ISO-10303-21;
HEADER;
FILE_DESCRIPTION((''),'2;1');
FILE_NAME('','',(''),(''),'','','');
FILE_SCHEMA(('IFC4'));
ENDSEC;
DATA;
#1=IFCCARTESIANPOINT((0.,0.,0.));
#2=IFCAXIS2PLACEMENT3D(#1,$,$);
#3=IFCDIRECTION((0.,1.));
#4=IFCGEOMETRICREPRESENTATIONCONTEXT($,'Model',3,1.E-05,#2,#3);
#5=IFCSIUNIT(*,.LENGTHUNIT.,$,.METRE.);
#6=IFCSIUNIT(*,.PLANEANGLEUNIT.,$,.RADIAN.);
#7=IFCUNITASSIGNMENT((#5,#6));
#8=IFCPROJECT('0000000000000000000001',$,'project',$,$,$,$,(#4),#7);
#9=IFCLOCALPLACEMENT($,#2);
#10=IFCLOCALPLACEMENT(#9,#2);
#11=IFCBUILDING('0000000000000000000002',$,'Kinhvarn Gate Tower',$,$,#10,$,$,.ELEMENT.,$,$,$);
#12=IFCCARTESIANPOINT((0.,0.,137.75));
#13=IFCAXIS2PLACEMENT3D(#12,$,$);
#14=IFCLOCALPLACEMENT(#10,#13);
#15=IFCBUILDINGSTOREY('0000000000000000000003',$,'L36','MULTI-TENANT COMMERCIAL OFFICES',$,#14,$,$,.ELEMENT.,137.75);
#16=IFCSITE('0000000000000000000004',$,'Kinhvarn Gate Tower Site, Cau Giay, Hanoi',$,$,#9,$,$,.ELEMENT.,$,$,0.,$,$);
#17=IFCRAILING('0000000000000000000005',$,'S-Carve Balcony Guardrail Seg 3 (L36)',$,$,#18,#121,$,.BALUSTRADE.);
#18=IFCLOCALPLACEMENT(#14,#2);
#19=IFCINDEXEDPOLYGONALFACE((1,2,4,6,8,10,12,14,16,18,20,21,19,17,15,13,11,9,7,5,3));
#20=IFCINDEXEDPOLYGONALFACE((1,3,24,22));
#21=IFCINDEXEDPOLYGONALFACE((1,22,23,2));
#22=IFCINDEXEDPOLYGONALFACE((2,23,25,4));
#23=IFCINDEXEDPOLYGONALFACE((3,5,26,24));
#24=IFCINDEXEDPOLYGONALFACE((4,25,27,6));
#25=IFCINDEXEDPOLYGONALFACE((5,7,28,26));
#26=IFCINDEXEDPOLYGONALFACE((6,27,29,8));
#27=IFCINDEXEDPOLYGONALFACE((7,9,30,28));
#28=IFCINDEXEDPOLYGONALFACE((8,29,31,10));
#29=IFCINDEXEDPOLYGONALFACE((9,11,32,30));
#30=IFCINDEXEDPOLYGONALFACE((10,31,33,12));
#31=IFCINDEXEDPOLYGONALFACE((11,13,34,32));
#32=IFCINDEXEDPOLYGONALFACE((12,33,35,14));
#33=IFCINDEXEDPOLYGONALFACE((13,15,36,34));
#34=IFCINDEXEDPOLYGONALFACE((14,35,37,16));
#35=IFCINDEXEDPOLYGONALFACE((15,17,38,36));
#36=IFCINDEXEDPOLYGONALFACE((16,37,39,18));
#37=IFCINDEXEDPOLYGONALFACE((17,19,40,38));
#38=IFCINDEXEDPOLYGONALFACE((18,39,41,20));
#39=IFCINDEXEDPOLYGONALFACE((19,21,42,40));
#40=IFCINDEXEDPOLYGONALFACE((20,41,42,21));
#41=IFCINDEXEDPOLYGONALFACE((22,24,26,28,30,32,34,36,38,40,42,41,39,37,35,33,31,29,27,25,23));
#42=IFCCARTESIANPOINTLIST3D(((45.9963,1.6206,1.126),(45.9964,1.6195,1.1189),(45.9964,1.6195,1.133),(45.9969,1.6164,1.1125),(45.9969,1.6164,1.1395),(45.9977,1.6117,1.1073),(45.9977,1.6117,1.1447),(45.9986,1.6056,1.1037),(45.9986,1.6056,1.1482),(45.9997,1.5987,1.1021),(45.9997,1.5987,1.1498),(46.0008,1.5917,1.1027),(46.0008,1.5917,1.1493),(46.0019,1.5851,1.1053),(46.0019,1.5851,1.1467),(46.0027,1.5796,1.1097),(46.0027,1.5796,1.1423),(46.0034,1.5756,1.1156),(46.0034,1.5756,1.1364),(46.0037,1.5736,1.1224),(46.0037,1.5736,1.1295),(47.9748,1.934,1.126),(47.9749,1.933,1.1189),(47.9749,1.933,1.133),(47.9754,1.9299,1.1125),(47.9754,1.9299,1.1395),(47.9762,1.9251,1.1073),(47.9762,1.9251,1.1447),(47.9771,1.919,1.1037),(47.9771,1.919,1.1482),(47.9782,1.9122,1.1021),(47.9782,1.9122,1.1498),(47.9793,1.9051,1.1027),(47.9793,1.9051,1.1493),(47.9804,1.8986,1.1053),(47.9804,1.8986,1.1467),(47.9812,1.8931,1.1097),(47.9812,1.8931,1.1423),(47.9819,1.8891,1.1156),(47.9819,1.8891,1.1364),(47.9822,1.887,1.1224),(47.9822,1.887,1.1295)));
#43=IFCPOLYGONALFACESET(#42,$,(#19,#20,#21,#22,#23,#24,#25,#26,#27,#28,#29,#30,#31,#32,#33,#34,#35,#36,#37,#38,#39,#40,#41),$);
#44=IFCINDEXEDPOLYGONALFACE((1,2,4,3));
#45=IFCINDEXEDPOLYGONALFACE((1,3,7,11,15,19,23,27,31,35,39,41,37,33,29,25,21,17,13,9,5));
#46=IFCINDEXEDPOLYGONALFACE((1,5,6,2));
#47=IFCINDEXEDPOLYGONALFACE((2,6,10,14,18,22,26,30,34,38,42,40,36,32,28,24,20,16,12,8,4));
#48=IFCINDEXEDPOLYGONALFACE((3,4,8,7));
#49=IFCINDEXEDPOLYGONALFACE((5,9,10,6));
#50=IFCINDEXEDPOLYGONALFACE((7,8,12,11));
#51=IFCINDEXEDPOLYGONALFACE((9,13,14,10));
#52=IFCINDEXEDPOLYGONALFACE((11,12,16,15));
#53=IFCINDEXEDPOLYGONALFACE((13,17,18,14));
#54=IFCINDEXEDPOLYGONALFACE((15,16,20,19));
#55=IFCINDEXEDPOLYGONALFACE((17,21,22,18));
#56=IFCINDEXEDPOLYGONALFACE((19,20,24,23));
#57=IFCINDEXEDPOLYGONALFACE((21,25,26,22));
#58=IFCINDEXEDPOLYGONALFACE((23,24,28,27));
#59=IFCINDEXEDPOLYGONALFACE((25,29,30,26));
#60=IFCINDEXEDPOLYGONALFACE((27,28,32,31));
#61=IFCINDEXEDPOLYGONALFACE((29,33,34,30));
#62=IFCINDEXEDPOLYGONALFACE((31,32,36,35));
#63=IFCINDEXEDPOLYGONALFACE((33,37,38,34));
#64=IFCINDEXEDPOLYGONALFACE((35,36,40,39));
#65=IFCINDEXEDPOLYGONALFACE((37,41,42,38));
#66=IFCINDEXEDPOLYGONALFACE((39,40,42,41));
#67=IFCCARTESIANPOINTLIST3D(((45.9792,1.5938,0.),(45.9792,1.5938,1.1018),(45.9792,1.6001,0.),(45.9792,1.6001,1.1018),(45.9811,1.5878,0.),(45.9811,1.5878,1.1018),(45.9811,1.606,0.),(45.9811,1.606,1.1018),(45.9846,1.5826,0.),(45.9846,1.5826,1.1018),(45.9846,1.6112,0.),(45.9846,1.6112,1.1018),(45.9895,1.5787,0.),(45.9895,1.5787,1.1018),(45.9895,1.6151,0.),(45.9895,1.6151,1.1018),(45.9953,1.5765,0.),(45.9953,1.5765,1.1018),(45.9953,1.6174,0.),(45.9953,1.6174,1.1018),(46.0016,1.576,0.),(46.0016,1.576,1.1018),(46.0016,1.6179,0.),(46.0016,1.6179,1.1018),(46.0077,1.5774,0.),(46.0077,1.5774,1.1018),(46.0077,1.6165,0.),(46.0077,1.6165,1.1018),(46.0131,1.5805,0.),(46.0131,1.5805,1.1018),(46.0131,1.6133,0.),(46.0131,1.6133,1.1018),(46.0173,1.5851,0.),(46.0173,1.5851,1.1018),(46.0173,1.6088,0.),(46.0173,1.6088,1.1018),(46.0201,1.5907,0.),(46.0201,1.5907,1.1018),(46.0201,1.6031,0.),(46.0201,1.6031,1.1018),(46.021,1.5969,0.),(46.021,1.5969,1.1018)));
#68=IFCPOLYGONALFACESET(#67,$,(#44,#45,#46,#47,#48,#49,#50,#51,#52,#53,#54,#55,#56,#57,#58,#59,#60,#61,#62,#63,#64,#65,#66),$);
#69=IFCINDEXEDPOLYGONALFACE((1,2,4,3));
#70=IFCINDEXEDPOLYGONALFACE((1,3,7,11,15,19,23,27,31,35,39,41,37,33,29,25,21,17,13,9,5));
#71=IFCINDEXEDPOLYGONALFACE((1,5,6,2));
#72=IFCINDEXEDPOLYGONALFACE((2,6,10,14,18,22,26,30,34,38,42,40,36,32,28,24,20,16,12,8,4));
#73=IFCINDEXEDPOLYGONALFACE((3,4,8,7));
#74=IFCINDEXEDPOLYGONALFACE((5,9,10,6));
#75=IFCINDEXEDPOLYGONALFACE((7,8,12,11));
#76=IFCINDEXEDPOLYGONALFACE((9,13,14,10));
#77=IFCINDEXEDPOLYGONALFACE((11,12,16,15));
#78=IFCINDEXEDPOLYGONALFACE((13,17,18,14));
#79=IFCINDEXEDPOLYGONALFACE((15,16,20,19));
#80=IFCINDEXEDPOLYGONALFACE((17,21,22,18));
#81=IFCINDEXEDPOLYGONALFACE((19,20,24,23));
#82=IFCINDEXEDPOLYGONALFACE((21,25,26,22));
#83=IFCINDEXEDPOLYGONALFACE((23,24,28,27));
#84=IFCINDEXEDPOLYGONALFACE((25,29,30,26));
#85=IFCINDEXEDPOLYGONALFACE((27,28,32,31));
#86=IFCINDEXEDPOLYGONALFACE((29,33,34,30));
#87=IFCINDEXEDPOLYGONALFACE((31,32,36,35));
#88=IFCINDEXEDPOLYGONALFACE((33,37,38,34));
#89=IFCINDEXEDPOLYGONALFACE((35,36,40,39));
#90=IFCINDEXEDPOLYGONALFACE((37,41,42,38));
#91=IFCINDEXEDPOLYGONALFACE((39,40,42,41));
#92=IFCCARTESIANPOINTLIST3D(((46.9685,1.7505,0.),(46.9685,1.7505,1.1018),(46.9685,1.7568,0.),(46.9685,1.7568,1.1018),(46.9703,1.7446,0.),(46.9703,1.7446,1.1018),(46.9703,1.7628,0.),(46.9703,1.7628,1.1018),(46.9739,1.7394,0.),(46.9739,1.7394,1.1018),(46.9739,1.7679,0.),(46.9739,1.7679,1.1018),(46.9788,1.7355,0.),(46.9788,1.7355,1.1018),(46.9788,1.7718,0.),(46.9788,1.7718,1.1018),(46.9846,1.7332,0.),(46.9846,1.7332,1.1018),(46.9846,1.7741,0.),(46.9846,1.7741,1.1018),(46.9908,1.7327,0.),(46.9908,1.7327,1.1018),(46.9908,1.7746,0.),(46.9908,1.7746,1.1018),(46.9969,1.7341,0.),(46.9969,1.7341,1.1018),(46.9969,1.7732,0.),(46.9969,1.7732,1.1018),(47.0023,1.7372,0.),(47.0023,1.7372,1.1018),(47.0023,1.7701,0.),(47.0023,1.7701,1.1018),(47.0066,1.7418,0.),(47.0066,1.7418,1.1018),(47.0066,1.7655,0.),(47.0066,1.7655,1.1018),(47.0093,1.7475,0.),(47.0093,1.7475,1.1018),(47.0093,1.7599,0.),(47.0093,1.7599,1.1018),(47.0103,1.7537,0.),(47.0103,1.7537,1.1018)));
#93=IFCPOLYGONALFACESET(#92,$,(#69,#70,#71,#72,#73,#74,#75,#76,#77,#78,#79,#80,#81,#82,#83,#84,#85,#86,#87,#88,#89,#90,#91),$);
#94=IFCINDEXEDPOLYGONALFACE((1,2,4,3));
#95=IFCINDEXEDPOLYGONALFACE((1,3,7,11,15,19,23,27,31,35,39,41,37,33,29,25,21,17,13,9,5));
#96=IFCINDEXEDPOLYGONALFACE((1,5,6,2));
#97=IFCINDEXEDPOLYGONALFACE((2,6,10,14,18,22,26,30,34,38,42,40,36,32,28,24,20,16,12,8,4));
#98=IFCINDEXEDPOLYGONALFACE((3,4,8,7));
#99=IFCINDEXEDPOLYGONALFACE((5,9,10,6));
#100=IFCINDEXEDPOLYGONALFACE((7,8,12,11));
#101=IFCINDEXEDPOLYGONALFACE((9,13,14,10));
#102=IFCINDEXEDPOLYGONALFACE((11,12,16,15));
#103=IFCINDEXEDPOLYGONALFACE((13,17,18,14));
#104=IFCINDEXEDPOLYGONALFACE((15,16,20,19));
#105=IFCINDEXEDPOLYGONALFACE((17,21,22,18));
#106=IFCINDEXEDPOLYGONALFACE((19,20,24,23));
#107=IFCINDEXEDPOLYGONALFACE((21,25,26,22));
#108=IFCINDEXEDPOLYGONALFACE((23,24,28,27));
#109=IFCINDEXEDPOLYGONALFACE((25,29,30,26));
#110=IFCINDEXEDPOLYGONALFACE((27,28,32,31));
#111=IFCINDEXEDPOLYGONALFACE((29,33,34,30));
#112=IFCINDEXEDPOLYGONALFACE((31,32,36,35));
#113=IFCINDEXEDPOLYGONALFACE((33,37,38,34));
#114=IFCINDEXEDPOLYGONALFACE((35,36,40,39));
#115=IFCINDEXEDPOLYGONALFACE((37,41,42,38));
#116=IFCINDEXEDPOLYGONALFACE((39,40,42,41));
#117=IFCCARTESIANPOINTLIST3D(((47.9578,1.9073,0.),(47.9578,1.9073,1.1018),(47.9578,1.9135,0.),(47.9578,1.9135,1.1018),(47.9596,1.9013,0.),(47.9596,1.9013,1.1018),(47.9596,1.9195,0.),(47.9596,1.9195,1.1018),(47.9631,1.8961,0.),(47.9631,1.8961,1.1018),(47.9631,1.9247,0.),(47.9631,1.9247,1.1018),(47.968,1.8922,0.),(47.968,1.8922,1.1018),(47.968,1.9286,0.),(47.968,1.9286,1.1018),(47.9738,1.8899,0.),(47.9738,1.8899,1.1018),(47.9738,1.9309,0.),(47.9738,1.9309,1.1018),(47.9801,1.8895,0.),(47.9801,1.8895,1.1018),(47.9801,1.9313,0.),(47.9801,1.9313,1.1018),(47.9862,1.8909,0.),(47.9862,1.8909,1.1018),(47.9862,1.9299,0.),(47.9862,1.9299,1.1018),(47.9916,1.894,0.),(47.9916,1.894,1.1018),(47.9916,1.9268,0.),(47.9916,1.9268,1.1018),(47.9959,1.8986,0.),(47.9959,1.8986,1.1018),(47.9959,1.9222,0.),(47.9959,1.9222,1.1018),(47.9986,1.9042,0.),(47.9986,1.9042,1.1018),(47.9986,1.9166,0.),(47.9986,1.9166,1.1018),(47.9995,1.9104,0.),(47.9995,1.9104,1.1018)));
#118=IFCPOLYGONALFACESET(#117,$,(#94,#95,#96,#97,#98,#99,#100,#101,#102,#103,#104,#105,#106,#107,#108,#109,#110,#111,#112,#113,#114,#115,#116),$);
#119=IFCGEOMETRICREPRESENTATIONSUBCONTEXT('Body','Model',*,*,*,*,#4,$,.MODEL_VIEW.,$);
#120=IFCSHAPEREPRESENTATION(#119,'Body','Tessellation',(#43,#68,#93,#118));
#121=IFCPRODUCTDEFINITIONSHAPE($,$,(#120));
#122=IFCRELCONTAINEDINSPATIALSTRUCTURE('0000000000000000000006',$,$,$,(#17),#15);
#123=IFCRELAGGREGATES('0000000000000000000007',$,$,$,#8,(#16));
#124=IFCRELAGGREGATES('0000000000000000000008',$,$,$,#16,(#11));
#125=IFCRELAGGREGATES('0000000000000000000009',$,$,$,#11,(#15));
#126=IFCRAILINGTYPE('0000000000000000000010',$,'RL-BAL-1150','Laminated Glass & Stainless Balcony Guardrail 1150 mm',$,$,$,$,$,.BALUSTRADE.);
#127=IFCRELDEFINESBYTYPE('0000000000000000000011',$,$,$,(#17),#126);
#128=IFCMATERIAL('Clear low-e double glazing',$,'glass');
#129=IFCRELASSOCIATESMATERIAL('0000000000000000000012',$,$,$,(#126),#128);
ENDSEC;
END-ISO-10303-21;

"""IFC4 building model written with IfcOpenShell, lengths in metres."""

from ifc_helpers import new_model, si_unit, direction, frame, origin, origin_2d, place, context, subcontext, project, spatial, circle, extrude, material, type_object, element, save


model = new_model("IFC4")

# Units and contexts
model_context = context("Model", 3, precision=1e-05, world=origin(), true_north=direction((0.0, 1.0)))
body_context = subcontext(model_context, "Body", "Model", "MODEL_VIEW")
ifc_project = project(units=[si_unit("LENGTHUNIT", "METRE"), si_unit("PLANEANGLEUNIT", "RADIAN")], contexts=[model_context])

# Site, building, storey
site_placement = place(None, origin())
site = spatial("IfcSite", under=ifc_project, at=site_placement, Name="Kinhvarn Gate Tower Site, Cau Giay, Hanoi", CompositionType="ELEMENT", RefElevation=0.0)
building_placement = place(site_placement, origin())
building = spatial("IfcBuilding", under=site, at=building_placement, Name="Kinhvarn Gate Tower", CompositionType="ELEMENT")
storey_placement = place(building_placement, frame((0.0, 0.0, 137.75)))
storey = spatial("IfcBuildingStorey", under=building, at=storey_placement, Name="L36", Description="MULTI-TENANT COMMERCIAL OFFICES", CompositionType="ELEMENT", Elevation=137.75)

# Shared definitions
ifc_material_1 = material(Name="Clear low-e double glazing", Category="glass")

# Railing
railing_type = type_object("IfcRailingType", Name="RL-BAL-1150", Description="Laminated Glass & Stainless Balcony Guardrail 1150 mm", PredefinedType="BALUSTRADE", material=ifc_material_1)
railing_1_placement = place(storey_placement, frame((46.0, 1.5969, 0.0)))
element("IfcRailing", 1, at=railing_1_placement, inside=storey, type_object=railing_type, Name="S-Carve Balcony Guardrail Seg 3 (L36)", PredefinedType="BALUSTRADE", context=body_context, shape_type="SweptSolid", body=[
    extrude(circle(Radius=0.0239, at=origin_2d()), frame((0.0, 0.0, 1.126), z_axis=(0.98768, 0.156488, 0.0), x_axis=(-0.156488, 0.98768, 0.0)), (0.0, 0.0, 1.0), 2.0032),
    extrude(circle(Radius=0.021, at=origin_2d()), origin(), (0.0, 0.0, 1.0), 1.1018),
    extrude(circle(Radius=0.021, at=origin_2d()), frame((0.9893, 0.1567, 0.0)), (0.0, 0.0, 1.0), 1.1018),
    extrude(circle(Radius=0.021, at=origin_2d()), frame((1.9785, 0.3135, 0.0)), (0.0, 0.0, 1.0), 1.1018),
])

save(model, "model.ifc")
